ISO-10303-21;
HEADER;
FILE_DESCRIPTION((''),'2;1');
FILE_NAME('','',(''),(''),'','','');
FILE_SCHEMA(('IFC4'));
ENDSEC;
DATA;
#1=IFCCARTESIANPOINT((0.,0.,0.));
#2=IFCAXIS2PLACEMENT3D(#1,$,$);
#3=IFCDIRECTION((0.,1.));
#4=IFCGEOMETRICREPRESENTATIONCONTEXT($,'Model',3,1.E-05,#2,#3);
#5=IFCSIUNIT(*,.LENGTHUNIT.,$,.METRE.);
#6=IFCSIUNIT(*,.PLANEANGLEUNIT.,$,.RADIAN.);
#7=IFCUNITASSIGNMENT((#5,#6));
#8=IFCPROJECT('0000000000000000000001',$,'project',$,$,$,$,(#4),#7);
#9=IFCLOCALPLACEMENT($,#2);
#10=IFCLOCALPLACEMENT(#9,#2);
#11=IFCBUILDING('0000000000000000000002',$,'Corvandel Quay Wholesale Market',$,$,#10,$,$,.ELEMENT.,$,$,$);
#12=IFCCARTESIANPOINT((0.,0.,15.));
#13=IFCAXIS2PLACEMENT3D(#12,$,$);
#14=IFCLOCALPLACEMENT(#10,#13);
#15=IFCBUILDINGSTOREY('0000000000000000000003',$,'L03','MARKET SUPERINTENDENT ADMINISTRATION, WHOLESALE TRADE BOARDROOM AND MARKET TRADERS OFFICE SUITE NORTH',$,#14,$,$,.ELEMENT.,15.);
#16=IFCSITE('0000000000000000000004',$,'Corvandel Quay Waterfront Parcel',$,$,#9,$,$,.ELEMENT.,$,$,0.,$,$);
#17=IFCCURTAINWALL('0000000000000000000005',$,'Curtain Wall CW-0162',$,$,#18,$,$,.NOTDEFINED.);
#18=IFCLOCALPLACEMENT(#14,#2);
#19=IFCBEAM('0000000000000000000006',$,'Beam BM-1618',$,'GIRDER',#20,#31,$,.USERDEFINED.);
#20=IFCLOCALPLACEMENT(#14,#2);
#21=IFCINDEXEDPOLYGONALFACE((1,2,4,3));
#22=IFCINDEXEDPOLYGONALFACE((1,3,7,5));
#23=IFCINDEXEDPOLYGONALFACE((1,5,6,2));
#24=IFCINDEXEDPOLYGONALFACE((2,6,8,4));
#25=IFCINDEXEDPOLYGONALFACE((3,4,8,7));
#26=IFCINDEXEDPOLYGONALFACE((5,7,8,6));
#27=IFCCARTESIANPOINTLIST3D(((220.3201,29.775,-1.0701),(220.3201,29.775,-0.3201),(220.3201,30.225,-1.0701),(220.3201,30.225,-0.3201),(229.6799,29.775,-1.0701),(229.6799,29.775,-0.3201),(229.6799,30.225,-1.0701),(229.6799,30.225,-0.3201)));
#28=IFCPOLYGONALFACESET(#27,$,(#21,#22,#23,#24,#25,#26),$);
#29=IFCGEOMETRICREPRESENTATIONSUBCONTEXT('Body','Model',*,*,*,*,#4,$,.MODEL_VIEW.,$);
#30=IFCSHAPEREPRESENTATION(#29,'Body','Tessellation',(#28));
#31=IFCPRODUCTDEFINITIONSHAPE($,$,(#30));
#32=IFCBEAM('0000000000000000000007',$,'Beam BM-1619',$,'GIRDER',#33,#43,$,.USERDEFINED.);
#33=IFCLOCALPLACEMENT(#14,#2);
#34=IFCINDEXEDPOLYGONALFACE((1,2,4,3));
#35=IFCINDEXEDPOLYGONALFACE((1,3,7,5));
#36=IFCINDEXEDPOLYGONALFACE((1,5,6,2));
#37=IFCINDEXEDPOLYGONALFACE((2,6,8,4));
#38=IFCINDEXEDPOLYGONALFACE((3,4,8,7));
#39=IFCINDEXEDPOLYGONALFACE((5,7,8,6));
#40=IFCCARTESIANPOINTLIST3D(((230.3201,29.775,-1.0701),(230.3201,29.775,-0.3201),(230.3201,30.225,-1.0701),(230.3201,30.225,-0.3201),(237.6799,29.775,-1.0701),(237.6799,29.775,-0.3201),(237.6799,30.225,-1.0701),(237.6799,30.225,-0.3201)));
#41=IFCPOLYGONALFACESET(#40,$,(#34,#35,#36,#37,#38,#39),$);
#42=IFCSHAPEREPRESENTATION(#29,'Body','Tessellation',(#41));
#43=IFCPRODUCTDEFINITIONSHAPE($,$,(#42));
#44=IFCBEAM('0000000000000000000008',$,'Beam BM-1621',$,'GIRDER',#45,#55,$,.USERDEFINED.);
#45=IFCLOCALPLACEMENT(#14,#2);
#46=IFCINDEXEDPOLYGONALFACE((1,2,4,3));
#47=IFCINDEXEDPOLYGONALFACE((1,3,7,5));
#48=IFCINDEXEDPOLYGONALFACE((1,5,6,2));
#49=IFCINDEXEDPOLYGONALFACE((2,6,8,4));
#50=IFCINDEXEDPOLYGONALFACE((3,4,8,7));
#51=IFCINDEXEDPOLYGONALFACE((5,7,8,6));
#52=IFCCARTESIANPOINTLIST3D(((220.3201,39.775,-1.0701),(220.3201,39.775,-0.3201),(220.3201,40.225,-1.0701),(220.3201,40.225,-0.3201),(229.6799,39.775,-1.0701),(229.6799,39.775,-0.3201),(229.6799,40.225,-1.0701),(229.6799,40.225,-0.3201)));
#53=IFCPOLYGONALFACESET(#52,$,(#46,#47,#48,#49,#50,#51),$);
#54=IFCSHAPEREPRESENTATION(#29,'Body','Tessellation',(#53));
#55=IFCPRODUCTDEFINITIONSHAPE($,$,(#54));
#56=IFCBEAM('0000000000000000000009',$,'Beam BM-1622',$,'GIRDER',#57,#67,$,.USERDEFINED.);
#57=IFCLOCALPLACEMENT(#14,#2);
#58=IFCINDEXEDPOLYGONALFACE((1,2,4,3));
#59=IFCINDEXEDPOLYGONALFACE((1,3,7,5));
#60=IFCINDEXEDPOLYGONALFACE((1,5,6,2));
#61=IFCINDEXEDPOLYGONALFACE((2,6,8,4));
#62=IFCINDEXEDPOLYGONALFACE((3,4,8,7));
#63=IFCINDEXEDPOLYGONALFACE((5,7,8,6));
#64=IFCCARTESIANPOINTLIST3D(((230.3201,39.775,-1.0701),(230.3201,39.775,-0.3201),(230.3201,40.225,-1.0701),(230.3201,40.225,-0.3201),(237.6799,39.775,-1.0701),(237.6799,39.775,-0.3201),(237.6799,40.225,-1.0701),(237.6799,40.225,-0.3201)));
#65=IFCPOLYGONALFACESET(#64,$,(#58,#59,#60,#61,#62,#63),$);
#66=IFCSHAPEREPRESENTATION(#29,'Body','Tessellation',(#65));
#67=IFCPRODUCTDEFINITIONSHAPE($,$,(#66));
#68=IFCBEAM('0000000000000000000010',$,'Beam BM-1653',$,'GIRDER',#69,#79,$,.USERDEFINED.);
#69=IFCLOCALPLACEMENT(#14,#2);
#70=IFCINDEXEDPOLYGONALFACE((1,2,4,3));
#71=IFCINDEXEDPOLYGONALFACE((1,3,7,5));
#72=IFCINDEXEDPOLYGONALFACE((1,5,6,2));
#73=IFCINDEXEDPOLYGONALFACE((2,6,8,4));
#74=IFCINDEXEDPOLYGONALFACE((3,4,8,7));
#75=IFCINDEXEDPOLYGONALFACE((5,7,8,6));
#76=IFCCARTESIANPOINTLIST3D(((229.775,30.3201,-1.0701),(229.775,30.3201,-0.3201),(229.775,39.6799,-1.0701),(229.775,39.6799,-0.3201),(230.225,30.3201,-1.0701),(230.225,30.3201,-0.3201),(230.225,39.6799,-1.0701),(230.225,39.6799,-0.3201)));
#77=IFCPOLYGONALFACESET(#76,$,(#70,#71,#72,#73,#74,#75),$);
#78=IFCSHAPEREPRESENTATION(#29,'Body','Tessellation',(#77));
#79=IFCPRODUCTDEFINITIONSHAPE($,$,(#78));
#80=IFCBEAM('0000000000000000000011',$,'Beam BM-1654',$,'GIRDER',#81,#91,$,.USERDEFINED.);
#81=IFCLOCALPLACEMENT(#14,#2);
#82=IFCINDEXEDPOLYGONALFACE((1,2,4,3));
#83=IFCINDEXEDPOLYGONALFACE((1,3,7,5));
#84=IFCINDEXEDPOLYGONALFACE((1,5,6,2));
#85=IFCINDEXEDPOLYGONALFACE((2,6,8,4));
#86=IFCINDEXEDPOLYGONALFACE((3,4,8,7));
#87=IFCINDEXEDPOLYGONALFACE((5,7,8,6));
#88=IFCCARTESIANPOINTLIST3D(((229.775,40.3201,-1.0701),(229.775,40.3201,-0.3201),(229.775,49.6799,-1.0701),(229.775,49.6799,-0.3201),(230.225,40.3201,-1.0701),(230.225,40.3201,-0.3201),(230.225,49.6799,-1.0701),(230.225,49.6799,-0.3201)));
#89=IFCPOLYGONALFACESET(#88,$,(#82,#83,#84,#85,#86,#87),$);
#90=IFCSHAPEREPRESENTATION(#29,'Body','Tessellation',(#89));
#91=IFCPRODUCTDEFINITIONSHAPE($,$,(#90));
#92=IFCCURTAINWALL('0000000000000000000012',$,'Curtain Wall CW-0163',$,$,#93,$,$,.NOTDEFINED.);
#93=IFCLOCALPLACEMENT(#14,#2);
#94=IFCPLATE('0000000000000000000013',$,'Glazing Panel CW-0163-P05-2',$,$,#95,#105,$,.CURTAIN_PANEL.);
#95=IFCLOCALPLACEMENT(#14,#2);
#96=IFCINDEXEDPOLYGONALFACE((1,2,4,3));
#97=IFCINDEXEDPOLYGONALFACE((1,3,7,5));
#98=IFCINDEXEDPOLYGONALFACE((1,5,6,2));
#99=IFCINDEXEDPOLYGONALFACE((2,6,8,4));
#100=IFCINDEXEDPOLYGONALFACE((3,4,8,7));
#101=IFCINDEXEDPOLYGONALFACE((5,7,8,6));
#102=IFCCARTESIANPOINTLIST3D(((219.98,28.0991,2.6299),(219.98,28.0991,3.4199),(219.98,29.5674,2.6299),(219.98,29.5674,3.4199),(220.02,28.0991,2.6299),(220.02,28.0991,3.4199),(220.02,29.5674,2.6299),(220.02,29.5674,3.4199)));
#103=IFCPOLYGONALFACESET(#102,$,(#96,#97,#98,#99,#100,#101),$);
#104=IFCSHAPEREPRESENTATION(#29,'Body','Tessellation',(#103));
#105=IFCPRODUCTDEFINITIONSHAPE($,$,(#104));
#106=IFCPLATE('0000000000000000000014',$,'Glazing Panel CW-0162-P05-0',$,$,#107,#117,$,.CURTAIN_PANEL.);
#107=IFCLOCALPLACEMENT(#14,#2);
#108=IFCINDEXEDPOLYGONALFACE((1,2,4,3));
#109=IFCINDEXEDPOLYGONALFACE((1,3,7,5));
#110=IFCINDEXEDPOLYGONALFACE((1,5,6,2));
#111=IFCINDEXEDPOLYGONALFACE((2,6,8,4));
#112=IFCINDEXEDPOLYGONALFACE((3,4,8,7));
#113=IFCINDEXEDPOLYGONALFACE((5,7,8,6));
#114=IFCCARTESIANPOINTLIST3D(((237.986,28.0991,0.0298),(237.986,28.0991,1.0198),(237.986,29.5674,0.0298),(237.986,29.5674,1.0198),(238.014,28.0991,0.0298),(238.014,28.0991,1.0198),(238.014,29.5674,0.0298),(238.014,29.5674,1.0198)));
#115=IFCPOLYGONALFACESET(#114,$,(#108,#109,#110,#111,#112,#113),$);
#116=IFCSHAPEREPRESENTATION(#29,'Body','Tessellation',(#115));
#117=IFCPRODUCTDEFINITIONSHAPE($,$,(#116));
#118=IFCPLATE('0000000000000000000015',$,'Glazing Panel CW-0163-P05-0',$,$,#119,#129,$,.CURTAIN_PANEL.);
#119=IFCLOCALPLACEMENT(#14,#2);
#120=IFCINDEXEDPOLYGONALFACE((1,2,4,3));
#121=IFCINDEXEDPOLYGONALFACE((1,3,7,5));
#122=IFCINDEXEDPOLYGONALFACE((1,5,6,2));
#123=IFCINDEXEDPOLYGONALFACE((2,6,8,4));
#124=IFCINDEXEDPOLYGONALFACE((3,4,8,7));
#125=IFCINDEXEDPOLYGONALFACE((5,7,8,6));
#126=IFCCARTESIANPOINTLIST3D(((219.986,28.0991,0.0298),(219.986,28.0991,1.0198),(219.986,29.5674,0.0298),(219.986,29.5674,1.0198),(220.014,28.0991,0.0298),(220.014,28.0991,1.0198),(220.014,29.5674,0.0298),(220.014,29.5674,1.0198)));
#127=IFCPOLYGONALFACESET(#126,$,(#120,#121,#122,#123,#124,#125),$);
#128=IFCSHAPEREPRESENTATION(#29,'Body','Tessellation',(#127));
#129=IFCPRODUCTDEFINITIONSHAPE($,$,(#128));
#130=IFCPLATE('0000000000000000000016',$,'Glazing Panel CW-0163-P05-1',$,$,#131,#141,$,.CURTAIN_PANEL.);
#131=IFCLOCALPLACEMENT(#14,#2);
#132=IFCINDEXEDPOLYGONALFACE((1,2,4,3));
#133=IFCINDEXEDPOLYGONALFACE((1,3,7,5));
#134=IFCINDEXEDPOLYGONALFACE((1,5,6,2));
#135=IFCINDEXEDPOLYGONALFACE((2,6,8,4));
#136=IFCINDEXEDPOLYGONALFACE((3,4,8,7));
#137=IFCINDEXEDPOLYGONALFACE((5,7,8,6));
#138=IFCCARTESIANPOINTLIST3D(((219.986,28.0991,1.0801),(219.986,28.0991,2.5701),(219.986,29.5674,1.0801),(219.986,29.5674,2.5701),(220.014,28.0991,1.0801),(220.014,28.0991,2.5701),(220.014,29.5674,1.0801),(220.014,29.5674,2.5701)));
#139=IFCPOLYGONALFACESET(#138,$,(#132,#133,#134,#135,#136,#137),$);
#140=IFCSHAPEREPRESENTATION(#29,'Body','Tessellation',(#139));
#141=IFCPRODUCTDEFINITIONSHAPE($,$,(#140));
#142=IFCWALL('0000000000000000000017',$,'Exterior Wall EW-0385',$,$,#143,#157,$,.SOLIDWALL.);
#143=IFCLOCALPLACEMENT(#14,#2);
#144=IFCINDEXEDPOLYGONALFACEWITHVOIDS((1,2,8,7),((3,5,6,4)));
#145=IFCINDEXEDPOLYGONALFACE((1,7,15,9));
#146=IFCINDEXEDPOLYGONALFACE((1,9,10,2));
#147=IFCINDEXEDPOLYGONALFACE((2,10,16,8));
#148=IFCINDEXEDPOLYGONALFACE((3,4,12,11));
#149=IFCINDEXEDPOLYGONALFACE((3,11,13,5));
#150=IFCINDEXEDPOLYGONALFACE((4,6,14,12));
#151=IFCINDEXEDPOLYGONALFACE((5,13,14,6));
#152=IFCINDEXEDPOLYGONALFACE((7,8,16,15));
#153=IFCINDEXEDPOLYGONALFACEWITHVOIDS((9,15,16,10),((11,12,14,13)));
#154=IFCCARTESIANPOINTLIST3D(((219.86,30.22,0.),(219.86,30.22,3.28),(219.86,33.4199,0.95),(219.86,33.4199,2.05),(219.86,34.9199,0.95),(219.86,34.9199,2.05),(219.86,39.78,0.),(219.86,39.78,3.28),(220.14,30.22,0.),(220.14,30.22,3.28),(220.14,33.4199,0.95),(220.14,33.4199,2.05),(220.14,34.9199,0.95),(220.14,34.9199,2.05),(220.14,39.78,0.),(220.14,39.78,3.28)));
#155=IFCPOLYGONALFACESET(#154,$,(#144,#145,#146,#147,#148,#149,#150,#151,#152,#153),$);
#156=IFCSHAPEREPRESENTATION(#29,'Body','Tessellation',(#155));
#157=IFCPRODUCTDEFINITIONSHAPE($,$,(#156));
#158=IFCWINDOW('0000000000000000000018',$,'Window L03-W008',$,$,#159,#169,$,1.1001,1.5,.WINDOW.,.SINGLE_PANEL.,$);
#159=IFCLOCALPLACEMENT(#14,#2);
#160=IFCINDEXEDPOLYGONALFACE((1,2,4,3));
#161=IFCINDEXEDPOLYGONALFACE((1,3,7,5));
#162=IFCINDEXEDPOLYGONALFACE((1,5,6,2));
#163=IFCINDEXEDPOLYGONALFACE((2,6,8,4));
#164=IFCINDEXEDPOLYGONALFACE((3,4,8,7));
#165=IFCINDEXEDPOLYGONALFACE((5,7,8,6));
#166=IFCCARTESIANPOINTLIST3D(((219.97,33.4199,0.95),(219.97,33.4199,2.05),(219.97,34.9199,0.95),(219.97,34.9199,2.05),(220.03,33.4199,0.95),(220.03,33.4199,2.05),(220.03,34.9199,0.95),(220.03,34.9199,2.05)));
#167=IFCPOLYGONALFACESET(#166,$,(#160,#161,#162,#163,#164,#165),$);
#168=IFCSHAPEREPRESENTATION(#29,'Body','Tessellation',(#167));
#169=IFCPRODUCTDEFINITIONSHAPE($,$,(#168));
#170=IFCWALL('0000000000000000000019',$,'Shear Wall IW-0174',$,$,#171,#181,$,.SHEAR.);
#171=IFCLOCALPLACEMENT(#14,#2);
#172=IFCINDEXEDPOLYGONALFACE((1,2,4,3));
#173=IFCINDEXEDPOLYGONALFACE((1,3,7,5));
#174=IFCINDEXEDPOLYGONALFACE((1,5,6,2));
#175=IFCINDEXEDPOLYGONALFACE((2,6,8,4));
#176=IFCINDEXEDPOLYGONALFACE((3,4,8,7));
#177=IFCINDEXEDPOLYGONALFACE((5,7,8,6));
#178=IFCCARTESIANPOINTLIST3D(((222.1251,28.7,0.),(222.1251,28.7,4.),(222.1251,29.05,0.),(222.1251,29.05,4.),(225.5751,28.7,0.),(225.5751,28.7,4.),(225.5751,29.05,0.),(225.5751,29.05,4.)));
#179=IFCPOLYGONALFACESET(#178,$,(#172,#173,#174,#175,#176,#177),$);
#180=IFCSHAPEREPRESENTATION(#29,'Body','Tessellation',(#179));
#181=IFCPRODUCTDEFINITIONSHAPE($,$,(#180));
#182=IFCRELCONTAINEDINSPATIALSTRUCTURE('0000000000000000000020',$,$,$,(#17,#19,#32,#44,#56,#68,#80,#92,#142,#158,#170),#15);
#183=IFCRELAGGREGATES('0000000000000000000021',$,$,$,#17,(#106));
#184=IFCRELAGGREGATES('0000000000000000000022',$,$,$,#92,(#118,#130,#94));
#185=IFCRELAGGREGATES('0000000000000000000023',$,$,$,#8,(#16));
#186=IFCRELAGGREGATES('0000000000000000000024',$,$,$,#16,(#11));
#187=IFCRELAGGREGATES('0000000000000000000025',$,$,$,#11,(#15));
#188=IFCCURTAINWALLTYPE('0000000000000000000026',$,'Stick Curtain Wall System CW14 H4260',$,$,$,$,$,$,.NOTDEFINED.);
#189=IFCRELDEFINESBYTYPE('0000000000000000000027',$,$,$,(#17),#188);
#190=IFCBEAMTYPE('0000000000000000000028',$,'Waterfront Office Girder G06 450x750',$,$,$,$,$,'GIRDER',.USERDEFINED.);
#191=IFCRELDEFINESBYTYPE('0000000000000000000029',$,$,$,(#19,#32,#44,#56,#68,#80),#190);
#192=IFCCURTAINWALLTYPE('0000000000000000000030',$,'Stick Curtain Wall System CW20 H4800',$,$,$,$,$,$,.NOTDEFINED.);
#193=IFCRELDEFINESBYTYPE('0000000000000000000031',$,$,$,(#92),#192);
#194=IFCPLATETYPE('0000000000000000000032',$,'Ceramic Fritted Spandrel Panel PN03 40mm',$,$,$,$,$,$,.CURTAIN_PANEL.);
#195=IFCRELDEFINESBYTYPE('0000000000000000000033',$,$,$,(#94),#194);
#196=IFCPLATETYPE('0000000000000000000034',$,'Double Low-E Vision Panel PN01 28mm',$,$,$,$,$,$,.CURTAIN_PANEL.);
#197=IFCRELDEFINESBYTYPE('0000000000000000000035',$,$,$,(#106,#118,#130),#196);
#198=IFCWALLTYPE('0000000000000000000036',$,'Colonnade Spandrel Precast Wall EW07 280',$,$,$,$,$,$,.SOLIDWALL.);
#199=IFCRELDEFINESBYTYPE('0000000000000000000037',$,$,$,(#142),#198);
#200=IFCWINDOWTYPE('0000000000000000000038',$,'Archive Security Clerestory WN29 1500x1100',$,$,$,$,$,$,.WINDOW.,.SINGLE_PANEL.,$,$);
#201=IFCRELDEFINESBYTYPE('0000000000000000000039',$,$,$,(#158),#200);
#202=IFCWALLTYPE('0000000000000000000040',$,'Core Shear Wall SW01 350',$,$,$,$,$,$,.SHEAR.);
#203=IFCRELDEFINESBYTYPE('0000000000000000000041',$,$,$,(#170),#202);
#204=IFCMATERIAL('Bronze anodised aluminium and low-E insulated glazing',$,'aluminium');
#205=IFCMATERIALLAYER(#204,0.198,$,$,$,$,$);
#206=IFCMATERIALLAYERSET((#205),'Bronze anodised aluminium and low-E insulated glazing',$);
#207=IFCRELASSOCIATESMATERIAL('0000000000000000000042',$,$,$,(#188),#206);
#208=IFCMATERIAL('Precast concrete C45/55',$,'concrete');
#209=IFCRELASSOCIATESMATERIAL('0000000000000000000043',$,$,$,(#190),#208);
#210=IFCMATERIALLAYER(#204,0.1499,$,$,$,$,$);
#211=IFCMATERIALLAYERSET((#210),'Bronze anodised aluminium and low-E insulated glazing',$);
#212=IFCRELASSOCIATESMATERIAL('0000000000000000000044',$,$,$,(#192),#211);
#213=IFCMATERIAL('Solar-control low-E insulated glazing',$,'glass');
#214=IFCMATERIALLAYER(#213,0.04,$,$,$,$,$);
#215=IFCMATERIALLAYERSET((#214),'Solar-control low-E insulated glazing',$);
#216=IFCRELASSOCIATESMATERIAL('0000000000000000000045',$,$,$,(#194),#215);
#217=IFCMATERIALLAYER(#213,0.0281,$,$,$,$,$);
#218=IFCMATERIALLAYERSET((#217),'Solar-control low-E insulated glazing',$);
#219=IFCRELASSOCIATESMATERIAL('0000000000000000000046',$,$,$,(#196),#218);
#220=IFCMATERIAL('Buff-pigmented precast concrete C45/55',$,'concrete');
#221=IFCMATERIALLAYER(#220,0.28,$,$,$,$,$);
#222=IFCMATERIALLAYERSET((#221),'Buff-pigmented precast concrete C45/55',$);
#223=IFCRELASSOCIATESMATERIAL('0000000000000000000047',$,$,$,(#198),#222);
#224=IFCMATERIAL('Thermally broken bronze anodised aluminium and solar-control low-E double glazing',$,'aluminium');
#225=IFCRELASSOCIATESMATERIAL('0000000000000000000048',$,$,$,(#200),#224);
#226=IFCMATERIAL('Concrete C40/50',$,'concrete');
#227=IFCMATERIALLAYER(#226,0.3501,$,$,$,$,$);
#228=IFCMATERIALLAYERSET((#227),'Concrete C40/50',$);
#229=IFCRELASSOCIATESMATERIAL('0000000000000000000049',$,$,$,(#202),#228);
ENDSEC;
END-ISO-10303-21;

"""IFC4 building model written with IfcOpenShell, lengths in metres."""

from ifc_helpers import new_model, si_unit, direction, frame, frame_2d, origin, origin_2d, place, context, subcontext, project, spatial, rectangle, extrude, material, layer, layer_set, material_profile, profile_set, type_object, element, fill, aggregate, save


model = new_model("IFC4")

# Units and contexts
model_context = context("Model", 3, precision=1e-05, world=origin(), true_north=direction((0.0, 1.0)))
body_context = subcontext(model_context, "Body", "Model", "MODEL_VIEW")
ifc_project = project(units=[si_unit("LENGTHUNIT", "METRE"), si_unit("PLANEANGLEUNIT", "RADIAN")], contexts=[model_context])

# Site, building, storey
site_placement = place(None, origin())
site = spatial("IfcSite", under=ifc_project, at=site_placement, Name="Corvandel Quay Waterfront Parcel", CompositionType="ELEMENT", RefElevation=0.0)
building_placement = place(site_placement, origin())
building = spatial("IfcBuilding", under=site, at=building_placement, Name="Corvandel Quay Wholesale Market", CompositionType="ELEMENT")
storey_placement = place(building_placement, frame((0.0, 0.0, 15.0)))
storey = spatial("IfcBuildingStorey", under=building, at=storey_placement, Name="L03", Description="MARKET SUPERINTENDENT ADMINISTRATION, WHOLESALE TRADE BOARDROOM AND MARKET TRADERS OFFICE SUITE NORTH", CompositionType="ELEMENT", Elevation=15.0)

# Shared definitions
ifc_material_1 = material(Name="Precast concrete C45/55", Category="concrete")

# Shared definitions
ifc_material_2 = material(Name="Bronze anodised aluminium and low-E insulated glazing", Category="aluminium")

# Curtain wall
ifc_layer_1 = layer(ifc_material_2, 0.198)
ifc_layer_set_1 = layer_set([ifc_layer_1], Name="Bronze anodised aluminium and low-E insulated glazing")
curtain_wall_type_1 = type_object("IfcCurtainWallType", Name="Stick Curtain Wall System CW14 H4260", PredefinedType="NOTDEFINED", material=ifc_layer_set_1)
curtain_wall_1_placement = place(storey_placement, origin())
curtain_wall_1 = element("IfcCurtainWall", 1, at=curtain_wall_1_placement, inside=storey, type_object=curtain_wall_type_1, Name="Curtain Wall CW-0162", PredefinedType="NOTDEFINED")

# Beams
ifc_material_profile_1 = material_profile(ifc_material_1, rectangle(XDim=0.45, YDim=0.75, at=origin_2d()), Name="PC-GIR-450x750")
ifc_profile_set_1 = profile_set([ifc_material_profile_1], Name="Precast concrete C45/55")
beam_type_1 = type_object("IfcBeamType", Name="Waterfront Office Girder G06 450x750", ElementType="GIRDER", PredefinedType="USERDEFINED", material=ifc_profile_set_1)
beam_1_placement = place(storey_placement, frame((220.3201, 30.0, -0.6951), z_axis=(1.0, 0.0, 0.0), x_axis=(0.0, 1.0, 0.0)))
element("IfcBeam", 2, at=beam_1_placement, inside=storey, type_object=beam_type_1, Name="Beam BM-1618", ObjectType="GIRDER", PredefinedType="USERDEFINED", context=body_context, shape_type="SweptSolid", body=[
    extrude(rectangle(XDim=0.45, YDim=0.75, at=origin_2d()), origin(), (0.0, 0.0, 1.0), 9.3599),
])
beam_2_placement = place(storey_placement, frame((230.3201, 30.0, -0.6951), z_axis=(1.0, 0.0, 0.0), x_axis=(0.0, 1.0, 0.0)))
element("IfcBeam", 3, at=beam_2_placement, inside=storey, type_object=beam_type_1, Name="Beam BM-1619", ObjectType="GIRDER", PredefinedType="USERDEFINED", context=body_context, shape_type="SweptSolid", body=[
    extrude(rectangle(XDim=0.45, YDim=0.75, at=origin_2d()), origin(), (0.0, 0.0, 1.0), 7.3599),
])
beam_3_placement = place(storey_placement, frame((220.3201, 40.0, -0.6951), z_axis=(1.0, 0.0, 0.0), x_axis=(0.0, 1.0, 0.0)))
element("IfcBeam", 4, at=beam_3_placement, inside=storey, type_object=beam_type_1, Name="Beam BM-1621", ObjectType="GIRDER", PredefinedType="USERDEFINED", context=body_context, shape_type="SweptSolid", body=[
    extrude(rectangle(XDim=0.45, YDim=0.75, at=origin_2d()), origin(), (0.0, 0.0, 1.0), 9.3599),
])
beam_4_placement = place(storey_placement, frame((230.3201, 40.0, -0.6951), z_axis=(1.0, 0.0, 0.0), x_axis=(0.0, 1.0, 0.0)))
element("IfcBeam", 5, at=beam_4_placement, inside=storey, type_object=beam_type_1, Name="Beam BM-1622", ObjectType="GIRDER", PredefinedType="USERDEFINED", context=body_context, shape_type="SweptSolid", body=[
    extrude(rectangle(XDim=0.45, YDim=0.75, at=origin_2d()), origin(), (0.0, 0.0, 1.0), 7.3599),
])
for number, where, z_axis, x_axis, name in (
    (6, (230.0, 30.3201, -0.6951), (0.0, 1.0, 0.0), (-1.0, 0.0, 0.0), "Beam BM-1653"),
    (7, (230.0, 40.3201, -0.6951), (0.0, 1.0, 0.0), (-1.0, 0.0, 0.0), "Beam BM-1654"),
):
    element("IfcBeam", number, at=place(storey_placement, frame(where, z_axis=z_axis, x_axis=x_axis)), inside=storey, type_object=beam_type_1, Name=name, ObjectType="GIRDER", PredefinedType="USERDEFINED", context=body_context, shape_type="SweptSolid", body=[
        extrude(rectangle(XDim=0.45, YDim=0.75, at=origin_2d()), origin(), (0.0, 0.0, 1.0), 9.3599),
    ])

# Curtain wall, plate
ifc_layer_2 = layer(ifc_material_2, 0.1499)
ifc_layer_set_2 = layer_set([ifc_layer_2], Name="Bronze anodised aluminium and low-E insulated glazing")
curtain_wall_type_2 = type_object("IfcCurtainWallType", Name="Stick Curtain Wall System CW20 H4800", PredefinedType="NOTDEFINED", material=ifc_layer_set_2)
curtain_wall_2_placement = place(storey_placement, origin())
curtain_wall_2 = element("IfcCurtainWall", 8, at=curtain_wall_2_placement, inside=storey, type_object=curtain_wall_type_2, Name="Curtain Wall CW-0163", PredefinedType="NOTDEFINED")
ifc_material_3 = material(Name="Solar-control low-E insulated glazing", Category="glass")
ifc_layer_3 = layer(ifc_material_3, 0.04)
ifc_layer_set_3 = layer_set([ifc_layer_3], Name="Solar-control low-E insulated glazing")
plate_type_1 = type_object("IfcPlateType", Name="Ceramic Fritted Spandrel Panel PN03 40mm", PredefinedType="CURTAIN_PANEL", material=ifc_layer_set_3)
plate_1_placement = place(storey_placement, frame((220.0, 28.8333, 2.6299), z_axis=(0.0, 0.0, 1.0), x_axis=(0.0, 1.0, 0.0)))
plate_1 = element("IfcPlate", 9, at=plate_1_placement, type_object=plate_type_1, Name="Glazing Panel CW-0163-P05-2", PredefinedType="CURTAIN_PANEL", context=body_context, shape_type="SweptSolid", body=[
    extrude(rectangle(XDim=1.4683, YDim=0.04, at=origin_2d()), origin(), (0.0, 0.0, 1.0), 0.79),
])

# Plates
ifc_layer_4 = layer(ifc_material_3, 0.0281)
ifc_layer_set_4 = layer_set([ifc_layer_4], Name="Solar-control low-E insulated glazing")
plate_type_2 = type_object("IfcPlateType", Name="Double Low-E Vision Panel PN01 28mm", PredefinedType="CURTAIN_PANEL", material=ifc_layer_set_4)
plate_2_placement = place(storey_placement, frame((238.0, 28.8333, 0.0298), z_axis=(0.0, 0.0, 1.0), x_axis=(0.0, 1.0, 0.0)))
plate_2 = element("IfcPlate", 10, at=plate_2_placement, type_object=plate_type_2, Name="Glazing Panel CW-0162-P05-0", PredefinedType="CURTAIN_PANEL", context=body_context, shape_type="SweptSolid", body=[
    extrude(rectangle(XDim=1.4683, YDim=0.0281, at=origin_2d()), origin(), (0.0, 0.0, 1.0), 0.99),
])
aggregate(curtain_wall_1, [plate_2])
plate_3_placement = place(storey_placement, frame((220.0, 28.8333, 0.0298), z_axis=(0.0, 0.0, 1.0), x_axis=(0.0, 1.0, 0.0)))
plate_3 = element("IfcPlate", 11, at=plate_3_placement, type_object=plate_type_2, Name="Glazing Panel CW-0163-P05-0", PredefinedType="CURTAIN_PANEL", context=body_context, shape_type="SweptSolid", body=[
    extrude(rectangle(XDim=1.4683, YDim=0.0281, at=origin_2d()), origin(), (0.0, 0.0, 1.0), 0.99),
])
plate_4_placement = place(storey_placement, frame((220.0, 28.8333, 1.0801), z_axis=(0.0, 0.0, 1.0), x_axis=(0.0, 1.0, 0.0)))
plate_4 = element("IfcPlate", 12, at=plate_4_placement, type_object=plate_type_2, Name="Glazing Panel CW-0163-P05-1", PredefinedType="CURTAIN_PANEL", context=body_context, shape_type="SweptSolid", body=[
    extrude(rectangle(XDim=1.4683, YDim=0.0281, at=origin_2d()), origin(), (0.0, 0.0, 1.0), 1.49),
])
aggregate(curtain_wall_2, [plate_3, plate_4, plate_1])

# Wall, opening, window
ifc_material_4 = material(Name="Buff-pigmented precast concrete C45/55", Category="concrete")
ifc_layer_5 = layer(ifc_material_4, 0.28)
ifc_layer_set_5 = layer_set([ifc_layer_5], Name="Buff-pigmented precast concrete C45/55")
wall_type_1 = type_object("IfcWallType", Name="Colonnade Spandrel Precast Wall EW07 280", PredefinedType="SOLIDWALL", material=ifc_layer_set_5)
wall_1_placement = place(storey_placement, frame((220.0, 30.22, 0.0), z_axis=(0.0, 0.0, 1.0), x_axis=(0.0, 1.0, 0.0)))
wall_1 = element("IfcWall", 13, at=wall_1_placement, inside=storey, type_object=wall_type_1, Name="Exterior Wall EW-0385", PredefinedType="SOLIDWALL", context=body_context, shape_type="SweptSolid", body=[
    extrude(rectangle(XDim=9.5601, YDim=0.28, at=frame_2d((4.78, 0.0))), origin(), (0.0, 0.0, 1.0), 3.28),
])
opening_1_placement = place(wall_1_placement, frame((3.2, 0.0, 0.95)))
opening_1 = element("IfcOpeningElement", 14, at=opening_1_placement, cuts=wall_1, PredefinedType="OPENING", context=body_context, shape_type="SweptSolid", body=[
    extrude(rectangle(XDim=1.5, YDim=1.1001, at=frame_2d((0.75, 0.55))), frame((0.0, 0.1499, 0.0), z_axis=(0.0, -1.0, 0.0), x_axis=(1.0, 0.0, 0.0)), (0.0, 0.0, 1.0), 0.3),
])
ifc_material_5 = material(Name="Thermally broken bronze anodised aluminium and solar-control low-E double glazing", Category="aluminium")
window_type = type_object("IfcWindowType", Name="Archive Security Clerestory WN29 1500x1100", PartitioningType="SINGLE_PANEL", PredefinedType="WINDOW", material=ifc_material_5)
window_placement = place(opening_1_placement, origin())
window = element("IfcWindow", 15, at=window_placement, inside=storey, type_object=window_type, Name="Window L03-W008", OverallHeight=1.1001, OverallWidth=1.5, PartitioningType="SINGLE_PANEL", PredefinedType="WINDOW", context=body_context, shape_type="SweptSolid", body=[
    extrude(rectangle(XDim=1.5, YDim=1.1001, at=frame_2d((0.75, 0.55))), frame((0.0, 0.03, 0.0), z_axis=(0.0, -1.0, 0.0), x_axis=(1.0, 0.0, 0.0)), (0.0, 0.0, 1.0), 0.0601),
])
fill(opening_1, window)

# Wall
ifc_material_6 = material(Name="Concrete C40/50", Category="concrete")
ifc_layer_6 = layer(ifc_material_6, 0.3501)
ifc_layer_set_6 = layer_set([ifc_layer_6], Name="Concrete C40/50")
wall_type_2 = type_object("IfcWallType", Name="Core Shear Wall SW01 350", PredefinedType="SHEAR", material=ifc_layer_set_6)
wall_2_placement = place(storey_placement, frame((222.125, 28.875, 0.0), z_axis=(0.0, 0.0, 1.0), x_axis=(1.0, 0.0, 0.0)))
element("IfcWall", 16, at=wall_2_placement, inside=storey, type_object=wall_type_2, Name="Shear Wall IW-0174", PredefinedType="SHEAR", context=body_context, shape_type="SweptSolid", body=[
    extrude(rectangle(XDim=3.45, YDim=0.3501, at=frame_2d((1.7251, 0.0))), origin(), (0.0, 0.0, 1.0), 4.0),
])

save(model, "model.ifc")
